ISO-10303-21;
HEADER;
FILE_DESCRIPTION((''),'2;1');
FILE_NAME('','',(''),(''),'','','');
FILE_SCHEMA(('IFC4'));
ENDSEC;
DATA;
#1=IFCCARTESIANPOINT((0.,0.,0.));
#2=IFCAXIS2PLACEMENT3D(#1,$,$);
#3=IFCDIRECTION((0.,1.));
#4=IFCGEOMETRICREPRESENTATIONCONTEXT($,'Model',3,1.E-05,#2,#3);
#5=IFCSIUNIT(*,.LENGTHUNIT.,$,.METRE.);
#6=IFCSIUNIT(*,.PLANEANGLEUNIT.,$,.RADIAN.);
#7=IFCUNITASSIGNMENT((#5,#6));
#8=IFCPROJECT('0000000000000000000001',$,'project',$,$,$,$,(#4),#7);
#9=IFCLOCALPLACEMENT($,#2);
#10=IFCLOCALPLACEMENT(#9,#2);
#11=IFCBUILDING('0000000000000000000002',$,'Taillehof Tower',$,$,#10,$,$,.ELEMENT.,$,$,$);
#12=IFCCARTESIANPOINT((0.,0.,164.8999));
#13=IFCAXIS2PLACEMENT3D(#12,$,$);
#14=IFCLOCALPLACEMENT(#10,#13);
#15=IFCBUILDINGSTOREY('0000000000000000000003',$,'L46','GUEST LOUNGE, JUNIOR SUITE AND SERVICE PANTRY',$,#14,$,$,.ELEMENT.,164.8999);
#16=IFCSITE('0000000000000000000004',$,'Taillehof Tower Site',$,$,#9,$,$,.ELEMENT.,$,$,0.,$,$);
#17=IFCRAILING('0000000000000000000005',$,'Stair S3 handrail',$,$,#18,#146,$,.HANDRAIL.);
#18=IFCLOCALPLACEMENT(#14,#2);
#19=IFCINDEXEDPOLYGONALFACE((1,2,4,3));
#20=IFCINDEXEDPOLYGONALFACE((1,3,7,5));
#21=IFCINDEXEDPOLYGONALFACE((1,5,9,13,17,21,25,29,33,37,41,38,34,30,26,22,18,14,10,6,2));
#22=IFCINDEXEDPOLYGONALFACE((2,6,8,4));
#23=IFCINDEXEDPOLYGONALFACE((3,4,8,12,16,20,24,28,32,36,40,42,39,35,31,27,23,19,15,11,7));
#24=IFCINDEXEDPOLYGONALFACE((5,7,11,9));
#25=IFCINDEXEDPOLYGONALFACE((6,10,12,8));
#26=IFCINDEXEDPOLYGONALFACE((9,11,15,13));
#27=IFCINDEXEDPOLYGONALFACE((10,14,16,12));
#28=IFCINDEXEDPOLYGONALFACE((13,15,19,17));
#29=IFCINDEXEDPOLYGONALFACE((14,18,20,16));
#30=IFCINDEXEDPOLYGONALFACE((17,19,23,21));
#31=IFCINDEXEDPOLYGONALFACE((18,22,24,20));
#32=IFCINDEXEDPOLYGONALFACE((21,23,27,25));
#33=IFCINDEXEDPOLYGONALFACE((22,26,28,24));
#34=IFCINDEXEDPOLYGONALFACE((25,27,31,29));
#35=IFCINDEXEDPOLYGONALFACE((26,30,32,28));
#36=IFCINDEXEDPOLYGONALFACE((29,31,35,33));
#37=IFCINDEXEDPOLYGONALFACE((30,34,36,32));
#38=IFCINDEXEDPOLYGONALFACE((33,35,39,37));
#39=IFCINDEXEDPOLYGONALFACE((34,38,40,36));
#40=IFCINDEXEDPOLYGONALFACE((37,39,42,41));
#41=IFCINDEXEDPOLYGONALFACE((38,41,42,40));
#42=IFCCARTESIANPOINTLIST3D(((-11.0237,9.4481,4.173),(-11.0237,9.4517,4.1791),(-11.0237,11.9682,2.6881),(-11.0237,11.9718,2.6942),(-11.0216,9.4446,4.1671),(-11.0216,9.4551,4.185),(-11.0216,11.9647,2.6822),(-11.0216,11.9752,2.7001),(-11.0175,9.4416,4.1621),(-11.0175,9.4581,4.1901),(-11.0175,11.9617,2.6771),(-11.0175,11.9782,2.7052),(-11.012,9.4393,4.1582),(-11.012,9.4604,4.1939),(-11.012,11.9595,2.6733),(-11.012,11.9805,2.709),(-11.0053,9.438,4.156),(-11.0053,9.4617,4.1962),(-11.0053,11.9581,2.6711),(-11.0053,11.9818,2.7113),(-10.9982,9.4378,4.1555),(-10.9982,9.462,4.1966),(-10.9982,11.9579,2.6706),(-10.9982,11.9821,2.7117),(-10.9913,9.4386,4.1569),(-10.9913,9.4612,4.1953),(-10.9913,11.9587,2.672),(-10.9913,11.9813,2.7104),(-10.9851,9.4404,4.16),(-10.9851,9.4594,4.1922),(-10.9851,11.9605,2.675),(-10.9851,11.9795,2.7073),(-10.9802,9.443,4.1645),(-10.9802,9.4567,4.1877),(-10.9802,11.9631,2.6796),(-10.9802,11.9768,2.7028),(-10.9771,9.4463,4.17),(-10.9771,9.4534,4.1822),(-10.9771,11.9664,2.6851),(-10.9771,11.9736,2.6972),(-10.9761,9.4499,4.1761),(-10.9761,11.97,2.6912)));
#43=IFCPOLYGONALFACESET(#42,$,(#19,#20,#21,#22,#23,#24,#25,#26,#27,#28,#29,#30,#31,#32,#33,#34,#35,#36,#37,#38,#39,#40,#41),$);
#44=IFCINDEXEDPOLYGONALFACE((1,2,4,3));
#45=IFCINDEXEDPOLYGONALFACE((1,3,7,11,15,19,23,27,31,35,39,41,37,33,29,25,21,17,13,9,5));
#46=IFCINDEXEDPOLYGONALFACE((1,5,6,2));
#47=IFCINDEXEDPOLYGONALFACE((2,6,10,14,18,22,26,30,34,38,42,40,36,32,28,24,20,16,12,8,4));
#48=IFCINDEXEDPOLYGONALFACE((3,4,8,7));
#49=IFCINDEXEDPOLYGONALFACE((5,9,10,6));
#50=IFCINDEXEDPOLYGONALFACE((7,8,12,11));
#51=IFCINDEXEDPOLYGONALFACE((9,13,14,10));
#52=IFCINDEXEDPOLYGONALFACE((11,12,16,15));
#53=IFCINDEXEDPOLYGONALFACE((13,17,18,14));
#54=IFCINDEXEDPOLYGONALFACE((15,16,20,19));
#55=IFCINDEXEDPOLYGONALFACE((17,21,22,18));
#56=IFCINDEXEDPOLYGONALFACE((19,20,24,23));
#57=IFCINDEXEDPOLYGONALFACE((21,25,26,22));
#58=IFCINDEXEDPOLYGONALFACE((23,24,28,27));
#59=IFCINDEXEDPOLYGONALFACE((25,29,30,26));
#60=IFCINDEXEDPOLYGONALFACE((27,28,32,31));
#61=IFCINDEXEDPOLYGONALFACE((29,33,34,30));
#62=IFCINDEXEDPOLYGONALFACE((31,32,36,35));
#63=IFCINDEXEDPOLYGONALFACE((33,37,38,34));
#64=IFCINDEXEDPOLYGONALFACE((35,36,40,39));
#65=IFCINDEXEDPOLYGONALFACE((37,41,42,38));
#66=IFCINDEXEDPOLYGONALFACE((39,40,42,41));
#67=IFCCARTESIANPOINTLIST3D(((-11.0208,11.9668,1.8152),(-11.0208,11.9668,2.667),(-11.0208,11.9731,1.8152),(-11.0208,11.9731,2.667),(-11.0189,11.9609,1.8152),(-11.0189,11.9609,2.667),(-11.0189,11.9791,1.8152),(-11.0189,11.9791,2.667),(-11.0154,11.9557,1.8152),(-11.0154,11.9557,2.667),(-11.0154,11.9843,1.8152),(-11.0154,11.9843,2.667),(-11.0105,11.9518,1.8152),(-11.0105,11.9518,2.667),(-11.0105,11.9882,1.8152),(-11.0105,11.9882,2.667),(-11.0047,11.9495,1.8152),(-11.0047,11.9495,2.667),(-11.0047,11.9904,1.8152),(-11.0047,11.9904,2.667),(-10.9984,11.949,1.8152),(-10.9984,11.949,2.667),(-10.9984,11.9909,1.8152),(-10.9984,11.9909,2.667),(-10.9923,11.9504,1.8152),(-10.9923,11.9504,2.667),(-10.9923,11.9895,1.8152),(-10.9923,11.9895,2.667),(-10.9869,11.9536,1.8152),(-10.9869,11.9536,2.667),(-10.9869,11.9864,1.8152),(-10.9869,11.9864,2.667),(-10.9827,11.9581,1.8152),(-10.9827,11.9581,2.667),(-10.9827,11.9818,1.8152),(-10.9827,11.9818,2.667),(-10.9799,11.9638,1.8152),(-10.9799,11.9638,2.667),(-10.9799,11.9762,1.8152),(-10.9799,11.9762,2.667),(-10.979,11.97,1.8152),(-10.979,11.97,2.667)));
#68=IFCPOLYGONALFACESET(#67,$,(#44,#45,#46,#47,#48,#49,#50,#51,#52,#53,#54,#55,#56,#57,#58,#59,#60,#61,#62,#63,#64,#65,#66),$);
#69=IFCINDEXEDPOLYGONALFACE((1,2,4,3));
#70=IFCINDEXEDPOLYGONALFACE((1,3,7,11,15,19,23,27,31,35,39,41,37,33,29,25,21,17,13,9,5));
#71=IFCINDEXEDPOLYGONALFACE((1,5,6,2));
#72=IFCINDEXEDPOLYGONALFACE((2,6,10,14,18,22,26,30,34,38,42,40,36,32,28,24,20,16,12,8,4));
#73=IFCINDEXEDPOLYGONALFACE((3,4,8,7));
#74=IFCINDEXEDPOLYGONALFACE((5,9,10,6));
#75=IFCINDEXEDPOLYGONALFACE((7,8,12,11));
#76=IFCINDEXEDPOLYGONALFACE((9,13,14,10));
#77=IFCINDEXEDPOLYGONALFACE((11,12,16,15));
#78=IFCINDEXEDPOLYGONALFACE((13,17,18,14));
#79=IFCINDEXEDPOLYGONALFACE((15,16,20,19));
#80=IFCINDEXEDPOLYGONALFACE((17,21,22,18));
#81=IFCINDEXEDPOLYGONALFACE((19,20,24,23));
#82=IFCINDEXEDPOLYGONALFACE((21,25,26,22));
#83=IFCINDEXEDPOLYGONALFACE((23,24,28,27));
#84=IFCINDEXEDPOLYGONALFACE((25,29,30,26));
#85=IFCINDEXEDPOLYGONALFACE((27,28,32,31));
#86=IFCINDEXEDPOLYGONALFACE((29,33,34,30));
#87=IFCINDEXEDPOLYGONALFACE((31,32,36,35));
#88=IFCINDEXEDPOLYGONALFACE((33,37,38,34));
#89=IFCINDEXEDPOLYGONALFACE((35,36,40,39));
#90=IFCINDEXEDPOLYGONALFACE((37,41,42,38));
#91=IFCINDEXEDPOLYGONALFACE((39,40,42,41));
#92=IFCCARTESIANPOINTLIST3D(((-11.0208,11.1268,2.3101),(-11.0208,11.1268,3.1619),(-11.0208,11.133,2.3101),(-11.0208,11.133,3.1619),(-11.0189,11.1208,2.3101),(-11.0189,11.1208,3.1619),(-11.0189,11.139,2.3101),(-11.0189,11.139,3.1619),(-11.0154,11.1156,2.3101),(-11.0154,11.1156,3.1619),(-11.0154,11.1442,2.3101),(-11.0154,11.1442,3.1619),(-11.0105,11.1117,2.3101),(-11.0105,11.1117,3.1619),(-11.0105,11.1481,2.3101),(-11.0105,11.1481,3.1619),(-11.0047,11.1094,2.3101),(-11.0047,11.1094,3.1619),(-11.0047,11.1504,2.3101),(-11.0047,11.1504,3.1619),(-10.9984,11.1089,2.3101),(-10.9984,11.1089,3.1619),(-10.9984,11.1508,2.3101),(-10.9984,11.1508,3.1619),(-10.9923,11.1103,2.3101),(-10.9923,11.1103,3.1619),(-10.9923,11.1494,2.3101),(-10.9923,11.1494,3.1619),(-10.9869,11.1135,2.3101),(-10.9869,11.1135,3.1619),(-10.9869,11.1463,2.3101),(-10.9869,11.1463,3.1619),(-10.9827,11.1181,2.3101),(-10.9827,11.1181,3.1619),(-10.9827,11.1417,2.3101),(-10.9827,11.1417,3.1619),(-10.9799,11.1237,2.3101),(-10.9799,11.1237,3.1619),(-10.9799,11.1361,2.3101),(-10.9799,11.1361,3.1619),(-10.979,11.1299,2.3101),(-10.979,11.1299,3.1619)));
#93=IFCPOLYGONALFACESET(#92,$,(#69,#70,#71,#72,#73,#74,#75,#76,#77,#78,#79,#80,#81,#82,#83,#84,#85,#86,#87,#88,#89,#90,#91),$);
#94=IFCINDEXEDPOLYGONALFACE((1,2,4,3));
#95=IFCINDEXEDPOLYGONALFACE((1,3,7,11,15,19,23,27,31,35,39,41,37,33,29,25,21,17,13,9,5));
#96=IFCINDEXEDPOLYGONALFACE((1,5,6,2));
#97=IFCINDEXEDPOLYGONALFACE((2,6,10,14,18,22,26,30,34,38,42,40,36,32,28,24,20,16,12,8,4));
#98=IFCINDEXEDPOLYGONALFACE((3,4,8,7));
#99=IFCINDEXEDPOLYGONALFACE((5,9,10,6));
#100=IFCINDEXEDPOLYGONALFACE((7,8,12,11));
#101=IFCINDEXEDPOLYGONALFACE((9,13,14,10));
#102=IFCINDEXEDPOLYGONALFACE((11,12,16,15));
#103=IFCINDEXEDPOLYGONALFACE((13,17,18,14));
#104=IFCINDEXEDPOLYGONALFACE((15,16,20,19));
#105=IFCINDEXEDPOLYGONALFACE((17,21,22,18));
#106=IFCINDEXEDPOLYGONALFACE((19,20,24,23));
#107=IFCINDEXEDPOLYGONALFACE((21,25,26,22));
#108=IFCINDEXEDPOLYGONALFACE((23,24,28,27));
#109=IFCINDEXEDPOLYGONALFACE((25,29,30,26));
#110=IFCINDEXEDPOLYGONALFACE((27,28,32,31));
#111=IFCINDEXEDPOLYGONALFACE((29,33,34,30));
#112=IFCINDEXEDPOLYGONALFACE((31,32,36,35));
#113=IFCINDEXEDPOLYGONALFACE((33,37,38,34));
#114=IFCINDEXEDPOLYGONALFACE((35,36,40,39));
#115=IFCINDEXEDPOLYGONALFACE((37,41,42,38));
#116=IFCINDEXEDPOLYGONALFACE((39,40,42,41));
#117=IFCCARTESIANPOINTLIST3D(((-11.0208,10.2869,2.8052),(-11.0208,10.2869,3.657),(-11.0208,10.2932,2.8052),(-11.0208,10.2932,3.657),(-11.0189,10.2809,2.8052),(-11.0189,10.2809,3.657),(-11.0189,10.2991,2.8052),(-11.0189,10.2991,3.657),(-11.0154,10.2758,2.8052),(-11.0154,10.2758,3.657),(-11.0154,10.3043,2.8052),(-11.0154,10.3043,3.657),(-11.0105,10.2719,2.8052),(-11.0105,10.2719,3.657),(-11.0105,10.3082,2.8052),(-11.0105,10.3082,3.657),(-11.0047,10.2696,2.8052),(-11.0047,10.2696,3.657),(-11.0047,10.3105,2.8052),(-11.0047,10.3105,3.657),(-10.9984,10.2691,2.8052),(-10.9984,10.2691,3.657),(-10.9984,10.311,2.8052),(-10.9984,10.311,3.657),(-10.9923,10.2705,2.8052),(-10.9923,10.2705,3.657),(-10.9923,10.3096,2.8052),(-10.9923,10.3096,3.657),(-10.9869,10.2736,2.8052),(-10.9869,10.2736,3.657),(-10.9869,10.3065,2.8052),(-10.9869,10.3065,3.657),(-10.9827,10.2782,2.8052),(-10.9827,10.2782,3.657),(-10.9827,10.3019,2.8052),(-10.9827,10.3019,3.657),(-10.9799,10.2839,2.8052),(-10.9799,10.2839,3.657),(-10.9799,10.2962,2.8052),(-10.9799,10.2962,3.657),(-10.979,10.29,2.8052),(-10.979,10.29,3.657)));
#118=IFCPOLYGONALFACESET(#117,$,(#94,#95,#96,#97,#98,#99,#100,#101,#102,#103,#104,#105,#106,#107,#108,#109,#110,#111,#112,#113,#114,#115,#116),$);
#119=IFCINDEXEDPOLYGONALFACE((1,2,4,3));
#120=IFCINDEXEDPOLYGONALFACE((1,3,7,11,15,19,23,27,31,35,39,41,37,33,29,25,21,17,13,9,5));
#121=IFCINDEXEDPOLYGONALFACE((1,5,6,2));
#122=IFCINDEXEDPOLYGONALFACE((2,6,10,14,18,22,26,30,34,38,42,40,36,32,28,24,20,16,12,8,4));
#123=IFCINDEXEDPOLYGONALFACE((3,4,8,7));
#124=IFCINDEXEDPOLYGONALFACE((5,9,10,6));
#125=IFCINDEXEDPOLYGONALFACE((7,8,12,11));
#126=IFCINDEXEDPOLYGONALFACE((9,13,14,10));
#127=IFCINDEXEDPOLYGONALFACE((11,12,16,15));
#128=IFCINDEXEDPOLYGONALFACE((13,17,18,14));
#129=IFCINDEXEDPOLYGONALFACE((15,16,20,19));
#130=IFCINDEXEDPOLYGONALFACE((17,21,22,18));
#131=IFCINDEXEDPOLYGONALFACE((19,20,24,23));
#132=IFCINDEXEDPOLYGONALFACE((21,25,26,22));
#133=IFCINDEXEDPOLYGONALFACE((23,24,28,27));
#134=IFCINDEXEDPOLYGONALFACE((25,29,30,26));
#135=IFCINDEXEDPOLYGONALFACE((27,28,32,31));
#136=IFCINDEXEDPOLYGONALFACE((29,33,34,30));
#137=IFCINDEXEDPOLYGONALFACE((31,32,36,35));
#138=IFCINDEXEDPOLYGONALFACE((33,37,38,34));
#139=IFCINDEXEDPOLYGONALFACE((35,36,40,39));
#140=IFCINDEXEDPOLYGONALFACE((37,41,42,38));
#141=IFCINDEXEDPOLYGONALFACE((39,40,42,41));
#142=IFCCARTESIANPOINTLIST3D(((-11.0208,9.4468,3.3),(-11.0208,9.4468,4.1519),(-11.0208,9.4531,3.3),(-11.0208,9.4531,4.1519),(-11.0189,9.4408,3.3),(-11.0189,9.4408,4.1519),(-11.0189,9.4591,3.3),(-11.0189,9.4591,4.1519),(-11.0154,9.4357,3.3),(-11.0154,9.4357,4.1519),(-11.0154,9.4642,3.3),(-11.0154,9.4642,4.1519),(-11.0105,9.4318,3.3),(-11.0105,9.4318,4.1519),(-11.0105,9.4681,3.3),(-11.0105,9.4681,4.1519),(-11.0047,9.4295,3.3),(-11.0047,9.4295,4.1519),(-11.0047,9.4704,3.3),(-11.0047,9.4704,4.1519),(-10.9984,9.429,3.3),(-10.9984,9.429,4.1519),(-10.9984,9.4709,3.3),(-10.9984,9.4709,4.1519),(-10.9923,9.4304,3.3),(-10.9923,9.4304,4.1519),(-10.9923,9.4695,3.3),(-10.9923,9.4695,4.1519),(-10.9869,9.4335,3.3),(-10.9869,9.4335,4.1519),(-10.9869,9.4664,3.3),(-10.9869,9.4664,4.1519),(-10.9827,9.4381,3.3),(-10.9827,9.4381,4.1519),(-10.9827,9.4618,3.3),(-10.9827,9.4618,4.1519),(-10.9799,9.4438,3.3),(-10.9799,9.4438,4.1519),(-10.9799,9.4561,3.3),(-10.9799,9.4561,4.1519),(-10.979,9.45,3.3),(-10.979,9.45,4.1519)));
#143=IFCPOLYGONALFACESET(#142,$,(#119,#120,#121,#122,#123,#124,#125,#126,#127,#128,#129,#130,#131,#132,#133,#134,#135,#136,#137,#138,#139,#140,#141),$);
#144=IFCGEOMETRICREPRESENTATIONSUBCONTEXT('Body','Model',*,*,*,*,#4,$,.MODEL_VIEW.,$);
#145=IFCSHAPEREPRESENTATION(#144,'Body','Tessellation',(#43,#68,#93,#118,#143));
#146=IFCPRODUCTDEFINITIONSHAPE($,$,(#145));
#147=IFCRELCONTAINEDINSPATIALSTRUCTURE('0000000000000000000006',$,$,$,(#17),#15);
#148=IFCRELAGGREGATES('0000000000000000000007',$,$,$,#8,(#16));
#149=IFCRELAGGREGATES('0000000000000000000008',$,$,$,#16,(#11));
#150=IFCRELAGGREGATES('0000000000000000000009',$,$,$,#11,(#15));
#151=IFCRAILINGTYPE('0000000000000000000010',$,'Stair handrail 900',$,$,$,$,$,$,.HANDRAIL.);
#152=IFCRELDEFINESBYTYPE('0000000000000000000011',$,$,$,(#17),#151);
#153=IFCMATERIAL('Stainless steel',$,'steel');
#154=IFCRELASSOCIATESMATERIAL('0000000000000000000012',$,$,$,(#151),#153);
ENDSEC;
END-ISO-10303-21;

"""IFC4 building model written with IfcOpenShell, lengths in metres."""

from ifc_helpers import new_model, si_unit, direction, frame, origin, origin_2d, place, context, subcontext, project, spatial, circle, extrude, material, type_object, element, save


model = new_model("IFC4")

# Units and contexts
model_context = context("Model", 3, precision=1e-05, world=origin(), true_north=direction((0.0, 1.0)))
body_context = subcontext(model_context, "Body", "Model", "MODEL_VIEW")
ifc_project = project(units=[si_unit("LENGTHUNIT", "METRE"), si_unit("PLANEANGLEUNIT", "RADIAN")], contexts=[model_context])

# Site, building, storey
site_placement = place(None, origin())
site = spatial("IfcSite", under=ifc_project, at=site_placement, Name="Taillehof Tower Site", CompositionType="ELEMENT", RefElevation=0.0)
building_placement = place(site_placement, origin())
building = spatial("IfcBuilding", under=site, at=building_placement, Name="Taillehof Tower", CompositionType="ELEMENT")
storey_placement = place(building_placement, frame((0.0, 0.0, 164.8999)))
storey = spatial("IfcBuildingStorey", under=building, at=storey_placement, Name="L46", Description="GUEST LOUNGE, JUNIOR SUITE AND SERVICE PANTRY", CompositionType="ELEMENT", Elevation=164.8999)

# Railing
ifc_material_1 = material(Name="Stainless steel", Category="steel")
railing_type = type_object("IfcRailingType", Name="Stair handrail 900", PredefinedType="HANDRAIL", material=ifc_material_1)
railing_placement = place(storey_placement, frame((-11.0, 11.97, 1.8152)))
element("IfcRailing", 1, at=railing_placement, inside=storey, type_object=railing_type, Name="Stair S3 handrail", PredefinedType="HANDRAIL", context=body_context, shape_type="SweptSolid", body=[
    extrude(circle(Radius=0.0239, at=origin_2d()), frame((0.0, 0.0, 0.876), z_axis=(0.0, -0.861561, 0.507655), x_axis=(1.0, 0.0, 0.0)), (0.0, 0.0, 1.0), 2.925),
    extrude(circle(Radius=0.021, at=origin_2d()), origin(), (0.0, 0.0, 1.0), 0.8518),
    extrude(circle(Radius=0.021, at=origin_2d()), frame((0.0, -0.8401, 0.4949)), (0.0, 0.0, 1.0), 0.8518),
    extrude(circle(Radius=0.021, at=origin_2d()), frame((0.0, -1.6799, 0.99)), (0.0, 0.0, 1.0), 0.8518),
    extrude(circle(Radius=0.021, at=origin_2d()), frame((0.0, -2.52, 1.4849)), (0.0, 0.0, 1.0), 0.8518),
])

save(model, "model.ifc")
